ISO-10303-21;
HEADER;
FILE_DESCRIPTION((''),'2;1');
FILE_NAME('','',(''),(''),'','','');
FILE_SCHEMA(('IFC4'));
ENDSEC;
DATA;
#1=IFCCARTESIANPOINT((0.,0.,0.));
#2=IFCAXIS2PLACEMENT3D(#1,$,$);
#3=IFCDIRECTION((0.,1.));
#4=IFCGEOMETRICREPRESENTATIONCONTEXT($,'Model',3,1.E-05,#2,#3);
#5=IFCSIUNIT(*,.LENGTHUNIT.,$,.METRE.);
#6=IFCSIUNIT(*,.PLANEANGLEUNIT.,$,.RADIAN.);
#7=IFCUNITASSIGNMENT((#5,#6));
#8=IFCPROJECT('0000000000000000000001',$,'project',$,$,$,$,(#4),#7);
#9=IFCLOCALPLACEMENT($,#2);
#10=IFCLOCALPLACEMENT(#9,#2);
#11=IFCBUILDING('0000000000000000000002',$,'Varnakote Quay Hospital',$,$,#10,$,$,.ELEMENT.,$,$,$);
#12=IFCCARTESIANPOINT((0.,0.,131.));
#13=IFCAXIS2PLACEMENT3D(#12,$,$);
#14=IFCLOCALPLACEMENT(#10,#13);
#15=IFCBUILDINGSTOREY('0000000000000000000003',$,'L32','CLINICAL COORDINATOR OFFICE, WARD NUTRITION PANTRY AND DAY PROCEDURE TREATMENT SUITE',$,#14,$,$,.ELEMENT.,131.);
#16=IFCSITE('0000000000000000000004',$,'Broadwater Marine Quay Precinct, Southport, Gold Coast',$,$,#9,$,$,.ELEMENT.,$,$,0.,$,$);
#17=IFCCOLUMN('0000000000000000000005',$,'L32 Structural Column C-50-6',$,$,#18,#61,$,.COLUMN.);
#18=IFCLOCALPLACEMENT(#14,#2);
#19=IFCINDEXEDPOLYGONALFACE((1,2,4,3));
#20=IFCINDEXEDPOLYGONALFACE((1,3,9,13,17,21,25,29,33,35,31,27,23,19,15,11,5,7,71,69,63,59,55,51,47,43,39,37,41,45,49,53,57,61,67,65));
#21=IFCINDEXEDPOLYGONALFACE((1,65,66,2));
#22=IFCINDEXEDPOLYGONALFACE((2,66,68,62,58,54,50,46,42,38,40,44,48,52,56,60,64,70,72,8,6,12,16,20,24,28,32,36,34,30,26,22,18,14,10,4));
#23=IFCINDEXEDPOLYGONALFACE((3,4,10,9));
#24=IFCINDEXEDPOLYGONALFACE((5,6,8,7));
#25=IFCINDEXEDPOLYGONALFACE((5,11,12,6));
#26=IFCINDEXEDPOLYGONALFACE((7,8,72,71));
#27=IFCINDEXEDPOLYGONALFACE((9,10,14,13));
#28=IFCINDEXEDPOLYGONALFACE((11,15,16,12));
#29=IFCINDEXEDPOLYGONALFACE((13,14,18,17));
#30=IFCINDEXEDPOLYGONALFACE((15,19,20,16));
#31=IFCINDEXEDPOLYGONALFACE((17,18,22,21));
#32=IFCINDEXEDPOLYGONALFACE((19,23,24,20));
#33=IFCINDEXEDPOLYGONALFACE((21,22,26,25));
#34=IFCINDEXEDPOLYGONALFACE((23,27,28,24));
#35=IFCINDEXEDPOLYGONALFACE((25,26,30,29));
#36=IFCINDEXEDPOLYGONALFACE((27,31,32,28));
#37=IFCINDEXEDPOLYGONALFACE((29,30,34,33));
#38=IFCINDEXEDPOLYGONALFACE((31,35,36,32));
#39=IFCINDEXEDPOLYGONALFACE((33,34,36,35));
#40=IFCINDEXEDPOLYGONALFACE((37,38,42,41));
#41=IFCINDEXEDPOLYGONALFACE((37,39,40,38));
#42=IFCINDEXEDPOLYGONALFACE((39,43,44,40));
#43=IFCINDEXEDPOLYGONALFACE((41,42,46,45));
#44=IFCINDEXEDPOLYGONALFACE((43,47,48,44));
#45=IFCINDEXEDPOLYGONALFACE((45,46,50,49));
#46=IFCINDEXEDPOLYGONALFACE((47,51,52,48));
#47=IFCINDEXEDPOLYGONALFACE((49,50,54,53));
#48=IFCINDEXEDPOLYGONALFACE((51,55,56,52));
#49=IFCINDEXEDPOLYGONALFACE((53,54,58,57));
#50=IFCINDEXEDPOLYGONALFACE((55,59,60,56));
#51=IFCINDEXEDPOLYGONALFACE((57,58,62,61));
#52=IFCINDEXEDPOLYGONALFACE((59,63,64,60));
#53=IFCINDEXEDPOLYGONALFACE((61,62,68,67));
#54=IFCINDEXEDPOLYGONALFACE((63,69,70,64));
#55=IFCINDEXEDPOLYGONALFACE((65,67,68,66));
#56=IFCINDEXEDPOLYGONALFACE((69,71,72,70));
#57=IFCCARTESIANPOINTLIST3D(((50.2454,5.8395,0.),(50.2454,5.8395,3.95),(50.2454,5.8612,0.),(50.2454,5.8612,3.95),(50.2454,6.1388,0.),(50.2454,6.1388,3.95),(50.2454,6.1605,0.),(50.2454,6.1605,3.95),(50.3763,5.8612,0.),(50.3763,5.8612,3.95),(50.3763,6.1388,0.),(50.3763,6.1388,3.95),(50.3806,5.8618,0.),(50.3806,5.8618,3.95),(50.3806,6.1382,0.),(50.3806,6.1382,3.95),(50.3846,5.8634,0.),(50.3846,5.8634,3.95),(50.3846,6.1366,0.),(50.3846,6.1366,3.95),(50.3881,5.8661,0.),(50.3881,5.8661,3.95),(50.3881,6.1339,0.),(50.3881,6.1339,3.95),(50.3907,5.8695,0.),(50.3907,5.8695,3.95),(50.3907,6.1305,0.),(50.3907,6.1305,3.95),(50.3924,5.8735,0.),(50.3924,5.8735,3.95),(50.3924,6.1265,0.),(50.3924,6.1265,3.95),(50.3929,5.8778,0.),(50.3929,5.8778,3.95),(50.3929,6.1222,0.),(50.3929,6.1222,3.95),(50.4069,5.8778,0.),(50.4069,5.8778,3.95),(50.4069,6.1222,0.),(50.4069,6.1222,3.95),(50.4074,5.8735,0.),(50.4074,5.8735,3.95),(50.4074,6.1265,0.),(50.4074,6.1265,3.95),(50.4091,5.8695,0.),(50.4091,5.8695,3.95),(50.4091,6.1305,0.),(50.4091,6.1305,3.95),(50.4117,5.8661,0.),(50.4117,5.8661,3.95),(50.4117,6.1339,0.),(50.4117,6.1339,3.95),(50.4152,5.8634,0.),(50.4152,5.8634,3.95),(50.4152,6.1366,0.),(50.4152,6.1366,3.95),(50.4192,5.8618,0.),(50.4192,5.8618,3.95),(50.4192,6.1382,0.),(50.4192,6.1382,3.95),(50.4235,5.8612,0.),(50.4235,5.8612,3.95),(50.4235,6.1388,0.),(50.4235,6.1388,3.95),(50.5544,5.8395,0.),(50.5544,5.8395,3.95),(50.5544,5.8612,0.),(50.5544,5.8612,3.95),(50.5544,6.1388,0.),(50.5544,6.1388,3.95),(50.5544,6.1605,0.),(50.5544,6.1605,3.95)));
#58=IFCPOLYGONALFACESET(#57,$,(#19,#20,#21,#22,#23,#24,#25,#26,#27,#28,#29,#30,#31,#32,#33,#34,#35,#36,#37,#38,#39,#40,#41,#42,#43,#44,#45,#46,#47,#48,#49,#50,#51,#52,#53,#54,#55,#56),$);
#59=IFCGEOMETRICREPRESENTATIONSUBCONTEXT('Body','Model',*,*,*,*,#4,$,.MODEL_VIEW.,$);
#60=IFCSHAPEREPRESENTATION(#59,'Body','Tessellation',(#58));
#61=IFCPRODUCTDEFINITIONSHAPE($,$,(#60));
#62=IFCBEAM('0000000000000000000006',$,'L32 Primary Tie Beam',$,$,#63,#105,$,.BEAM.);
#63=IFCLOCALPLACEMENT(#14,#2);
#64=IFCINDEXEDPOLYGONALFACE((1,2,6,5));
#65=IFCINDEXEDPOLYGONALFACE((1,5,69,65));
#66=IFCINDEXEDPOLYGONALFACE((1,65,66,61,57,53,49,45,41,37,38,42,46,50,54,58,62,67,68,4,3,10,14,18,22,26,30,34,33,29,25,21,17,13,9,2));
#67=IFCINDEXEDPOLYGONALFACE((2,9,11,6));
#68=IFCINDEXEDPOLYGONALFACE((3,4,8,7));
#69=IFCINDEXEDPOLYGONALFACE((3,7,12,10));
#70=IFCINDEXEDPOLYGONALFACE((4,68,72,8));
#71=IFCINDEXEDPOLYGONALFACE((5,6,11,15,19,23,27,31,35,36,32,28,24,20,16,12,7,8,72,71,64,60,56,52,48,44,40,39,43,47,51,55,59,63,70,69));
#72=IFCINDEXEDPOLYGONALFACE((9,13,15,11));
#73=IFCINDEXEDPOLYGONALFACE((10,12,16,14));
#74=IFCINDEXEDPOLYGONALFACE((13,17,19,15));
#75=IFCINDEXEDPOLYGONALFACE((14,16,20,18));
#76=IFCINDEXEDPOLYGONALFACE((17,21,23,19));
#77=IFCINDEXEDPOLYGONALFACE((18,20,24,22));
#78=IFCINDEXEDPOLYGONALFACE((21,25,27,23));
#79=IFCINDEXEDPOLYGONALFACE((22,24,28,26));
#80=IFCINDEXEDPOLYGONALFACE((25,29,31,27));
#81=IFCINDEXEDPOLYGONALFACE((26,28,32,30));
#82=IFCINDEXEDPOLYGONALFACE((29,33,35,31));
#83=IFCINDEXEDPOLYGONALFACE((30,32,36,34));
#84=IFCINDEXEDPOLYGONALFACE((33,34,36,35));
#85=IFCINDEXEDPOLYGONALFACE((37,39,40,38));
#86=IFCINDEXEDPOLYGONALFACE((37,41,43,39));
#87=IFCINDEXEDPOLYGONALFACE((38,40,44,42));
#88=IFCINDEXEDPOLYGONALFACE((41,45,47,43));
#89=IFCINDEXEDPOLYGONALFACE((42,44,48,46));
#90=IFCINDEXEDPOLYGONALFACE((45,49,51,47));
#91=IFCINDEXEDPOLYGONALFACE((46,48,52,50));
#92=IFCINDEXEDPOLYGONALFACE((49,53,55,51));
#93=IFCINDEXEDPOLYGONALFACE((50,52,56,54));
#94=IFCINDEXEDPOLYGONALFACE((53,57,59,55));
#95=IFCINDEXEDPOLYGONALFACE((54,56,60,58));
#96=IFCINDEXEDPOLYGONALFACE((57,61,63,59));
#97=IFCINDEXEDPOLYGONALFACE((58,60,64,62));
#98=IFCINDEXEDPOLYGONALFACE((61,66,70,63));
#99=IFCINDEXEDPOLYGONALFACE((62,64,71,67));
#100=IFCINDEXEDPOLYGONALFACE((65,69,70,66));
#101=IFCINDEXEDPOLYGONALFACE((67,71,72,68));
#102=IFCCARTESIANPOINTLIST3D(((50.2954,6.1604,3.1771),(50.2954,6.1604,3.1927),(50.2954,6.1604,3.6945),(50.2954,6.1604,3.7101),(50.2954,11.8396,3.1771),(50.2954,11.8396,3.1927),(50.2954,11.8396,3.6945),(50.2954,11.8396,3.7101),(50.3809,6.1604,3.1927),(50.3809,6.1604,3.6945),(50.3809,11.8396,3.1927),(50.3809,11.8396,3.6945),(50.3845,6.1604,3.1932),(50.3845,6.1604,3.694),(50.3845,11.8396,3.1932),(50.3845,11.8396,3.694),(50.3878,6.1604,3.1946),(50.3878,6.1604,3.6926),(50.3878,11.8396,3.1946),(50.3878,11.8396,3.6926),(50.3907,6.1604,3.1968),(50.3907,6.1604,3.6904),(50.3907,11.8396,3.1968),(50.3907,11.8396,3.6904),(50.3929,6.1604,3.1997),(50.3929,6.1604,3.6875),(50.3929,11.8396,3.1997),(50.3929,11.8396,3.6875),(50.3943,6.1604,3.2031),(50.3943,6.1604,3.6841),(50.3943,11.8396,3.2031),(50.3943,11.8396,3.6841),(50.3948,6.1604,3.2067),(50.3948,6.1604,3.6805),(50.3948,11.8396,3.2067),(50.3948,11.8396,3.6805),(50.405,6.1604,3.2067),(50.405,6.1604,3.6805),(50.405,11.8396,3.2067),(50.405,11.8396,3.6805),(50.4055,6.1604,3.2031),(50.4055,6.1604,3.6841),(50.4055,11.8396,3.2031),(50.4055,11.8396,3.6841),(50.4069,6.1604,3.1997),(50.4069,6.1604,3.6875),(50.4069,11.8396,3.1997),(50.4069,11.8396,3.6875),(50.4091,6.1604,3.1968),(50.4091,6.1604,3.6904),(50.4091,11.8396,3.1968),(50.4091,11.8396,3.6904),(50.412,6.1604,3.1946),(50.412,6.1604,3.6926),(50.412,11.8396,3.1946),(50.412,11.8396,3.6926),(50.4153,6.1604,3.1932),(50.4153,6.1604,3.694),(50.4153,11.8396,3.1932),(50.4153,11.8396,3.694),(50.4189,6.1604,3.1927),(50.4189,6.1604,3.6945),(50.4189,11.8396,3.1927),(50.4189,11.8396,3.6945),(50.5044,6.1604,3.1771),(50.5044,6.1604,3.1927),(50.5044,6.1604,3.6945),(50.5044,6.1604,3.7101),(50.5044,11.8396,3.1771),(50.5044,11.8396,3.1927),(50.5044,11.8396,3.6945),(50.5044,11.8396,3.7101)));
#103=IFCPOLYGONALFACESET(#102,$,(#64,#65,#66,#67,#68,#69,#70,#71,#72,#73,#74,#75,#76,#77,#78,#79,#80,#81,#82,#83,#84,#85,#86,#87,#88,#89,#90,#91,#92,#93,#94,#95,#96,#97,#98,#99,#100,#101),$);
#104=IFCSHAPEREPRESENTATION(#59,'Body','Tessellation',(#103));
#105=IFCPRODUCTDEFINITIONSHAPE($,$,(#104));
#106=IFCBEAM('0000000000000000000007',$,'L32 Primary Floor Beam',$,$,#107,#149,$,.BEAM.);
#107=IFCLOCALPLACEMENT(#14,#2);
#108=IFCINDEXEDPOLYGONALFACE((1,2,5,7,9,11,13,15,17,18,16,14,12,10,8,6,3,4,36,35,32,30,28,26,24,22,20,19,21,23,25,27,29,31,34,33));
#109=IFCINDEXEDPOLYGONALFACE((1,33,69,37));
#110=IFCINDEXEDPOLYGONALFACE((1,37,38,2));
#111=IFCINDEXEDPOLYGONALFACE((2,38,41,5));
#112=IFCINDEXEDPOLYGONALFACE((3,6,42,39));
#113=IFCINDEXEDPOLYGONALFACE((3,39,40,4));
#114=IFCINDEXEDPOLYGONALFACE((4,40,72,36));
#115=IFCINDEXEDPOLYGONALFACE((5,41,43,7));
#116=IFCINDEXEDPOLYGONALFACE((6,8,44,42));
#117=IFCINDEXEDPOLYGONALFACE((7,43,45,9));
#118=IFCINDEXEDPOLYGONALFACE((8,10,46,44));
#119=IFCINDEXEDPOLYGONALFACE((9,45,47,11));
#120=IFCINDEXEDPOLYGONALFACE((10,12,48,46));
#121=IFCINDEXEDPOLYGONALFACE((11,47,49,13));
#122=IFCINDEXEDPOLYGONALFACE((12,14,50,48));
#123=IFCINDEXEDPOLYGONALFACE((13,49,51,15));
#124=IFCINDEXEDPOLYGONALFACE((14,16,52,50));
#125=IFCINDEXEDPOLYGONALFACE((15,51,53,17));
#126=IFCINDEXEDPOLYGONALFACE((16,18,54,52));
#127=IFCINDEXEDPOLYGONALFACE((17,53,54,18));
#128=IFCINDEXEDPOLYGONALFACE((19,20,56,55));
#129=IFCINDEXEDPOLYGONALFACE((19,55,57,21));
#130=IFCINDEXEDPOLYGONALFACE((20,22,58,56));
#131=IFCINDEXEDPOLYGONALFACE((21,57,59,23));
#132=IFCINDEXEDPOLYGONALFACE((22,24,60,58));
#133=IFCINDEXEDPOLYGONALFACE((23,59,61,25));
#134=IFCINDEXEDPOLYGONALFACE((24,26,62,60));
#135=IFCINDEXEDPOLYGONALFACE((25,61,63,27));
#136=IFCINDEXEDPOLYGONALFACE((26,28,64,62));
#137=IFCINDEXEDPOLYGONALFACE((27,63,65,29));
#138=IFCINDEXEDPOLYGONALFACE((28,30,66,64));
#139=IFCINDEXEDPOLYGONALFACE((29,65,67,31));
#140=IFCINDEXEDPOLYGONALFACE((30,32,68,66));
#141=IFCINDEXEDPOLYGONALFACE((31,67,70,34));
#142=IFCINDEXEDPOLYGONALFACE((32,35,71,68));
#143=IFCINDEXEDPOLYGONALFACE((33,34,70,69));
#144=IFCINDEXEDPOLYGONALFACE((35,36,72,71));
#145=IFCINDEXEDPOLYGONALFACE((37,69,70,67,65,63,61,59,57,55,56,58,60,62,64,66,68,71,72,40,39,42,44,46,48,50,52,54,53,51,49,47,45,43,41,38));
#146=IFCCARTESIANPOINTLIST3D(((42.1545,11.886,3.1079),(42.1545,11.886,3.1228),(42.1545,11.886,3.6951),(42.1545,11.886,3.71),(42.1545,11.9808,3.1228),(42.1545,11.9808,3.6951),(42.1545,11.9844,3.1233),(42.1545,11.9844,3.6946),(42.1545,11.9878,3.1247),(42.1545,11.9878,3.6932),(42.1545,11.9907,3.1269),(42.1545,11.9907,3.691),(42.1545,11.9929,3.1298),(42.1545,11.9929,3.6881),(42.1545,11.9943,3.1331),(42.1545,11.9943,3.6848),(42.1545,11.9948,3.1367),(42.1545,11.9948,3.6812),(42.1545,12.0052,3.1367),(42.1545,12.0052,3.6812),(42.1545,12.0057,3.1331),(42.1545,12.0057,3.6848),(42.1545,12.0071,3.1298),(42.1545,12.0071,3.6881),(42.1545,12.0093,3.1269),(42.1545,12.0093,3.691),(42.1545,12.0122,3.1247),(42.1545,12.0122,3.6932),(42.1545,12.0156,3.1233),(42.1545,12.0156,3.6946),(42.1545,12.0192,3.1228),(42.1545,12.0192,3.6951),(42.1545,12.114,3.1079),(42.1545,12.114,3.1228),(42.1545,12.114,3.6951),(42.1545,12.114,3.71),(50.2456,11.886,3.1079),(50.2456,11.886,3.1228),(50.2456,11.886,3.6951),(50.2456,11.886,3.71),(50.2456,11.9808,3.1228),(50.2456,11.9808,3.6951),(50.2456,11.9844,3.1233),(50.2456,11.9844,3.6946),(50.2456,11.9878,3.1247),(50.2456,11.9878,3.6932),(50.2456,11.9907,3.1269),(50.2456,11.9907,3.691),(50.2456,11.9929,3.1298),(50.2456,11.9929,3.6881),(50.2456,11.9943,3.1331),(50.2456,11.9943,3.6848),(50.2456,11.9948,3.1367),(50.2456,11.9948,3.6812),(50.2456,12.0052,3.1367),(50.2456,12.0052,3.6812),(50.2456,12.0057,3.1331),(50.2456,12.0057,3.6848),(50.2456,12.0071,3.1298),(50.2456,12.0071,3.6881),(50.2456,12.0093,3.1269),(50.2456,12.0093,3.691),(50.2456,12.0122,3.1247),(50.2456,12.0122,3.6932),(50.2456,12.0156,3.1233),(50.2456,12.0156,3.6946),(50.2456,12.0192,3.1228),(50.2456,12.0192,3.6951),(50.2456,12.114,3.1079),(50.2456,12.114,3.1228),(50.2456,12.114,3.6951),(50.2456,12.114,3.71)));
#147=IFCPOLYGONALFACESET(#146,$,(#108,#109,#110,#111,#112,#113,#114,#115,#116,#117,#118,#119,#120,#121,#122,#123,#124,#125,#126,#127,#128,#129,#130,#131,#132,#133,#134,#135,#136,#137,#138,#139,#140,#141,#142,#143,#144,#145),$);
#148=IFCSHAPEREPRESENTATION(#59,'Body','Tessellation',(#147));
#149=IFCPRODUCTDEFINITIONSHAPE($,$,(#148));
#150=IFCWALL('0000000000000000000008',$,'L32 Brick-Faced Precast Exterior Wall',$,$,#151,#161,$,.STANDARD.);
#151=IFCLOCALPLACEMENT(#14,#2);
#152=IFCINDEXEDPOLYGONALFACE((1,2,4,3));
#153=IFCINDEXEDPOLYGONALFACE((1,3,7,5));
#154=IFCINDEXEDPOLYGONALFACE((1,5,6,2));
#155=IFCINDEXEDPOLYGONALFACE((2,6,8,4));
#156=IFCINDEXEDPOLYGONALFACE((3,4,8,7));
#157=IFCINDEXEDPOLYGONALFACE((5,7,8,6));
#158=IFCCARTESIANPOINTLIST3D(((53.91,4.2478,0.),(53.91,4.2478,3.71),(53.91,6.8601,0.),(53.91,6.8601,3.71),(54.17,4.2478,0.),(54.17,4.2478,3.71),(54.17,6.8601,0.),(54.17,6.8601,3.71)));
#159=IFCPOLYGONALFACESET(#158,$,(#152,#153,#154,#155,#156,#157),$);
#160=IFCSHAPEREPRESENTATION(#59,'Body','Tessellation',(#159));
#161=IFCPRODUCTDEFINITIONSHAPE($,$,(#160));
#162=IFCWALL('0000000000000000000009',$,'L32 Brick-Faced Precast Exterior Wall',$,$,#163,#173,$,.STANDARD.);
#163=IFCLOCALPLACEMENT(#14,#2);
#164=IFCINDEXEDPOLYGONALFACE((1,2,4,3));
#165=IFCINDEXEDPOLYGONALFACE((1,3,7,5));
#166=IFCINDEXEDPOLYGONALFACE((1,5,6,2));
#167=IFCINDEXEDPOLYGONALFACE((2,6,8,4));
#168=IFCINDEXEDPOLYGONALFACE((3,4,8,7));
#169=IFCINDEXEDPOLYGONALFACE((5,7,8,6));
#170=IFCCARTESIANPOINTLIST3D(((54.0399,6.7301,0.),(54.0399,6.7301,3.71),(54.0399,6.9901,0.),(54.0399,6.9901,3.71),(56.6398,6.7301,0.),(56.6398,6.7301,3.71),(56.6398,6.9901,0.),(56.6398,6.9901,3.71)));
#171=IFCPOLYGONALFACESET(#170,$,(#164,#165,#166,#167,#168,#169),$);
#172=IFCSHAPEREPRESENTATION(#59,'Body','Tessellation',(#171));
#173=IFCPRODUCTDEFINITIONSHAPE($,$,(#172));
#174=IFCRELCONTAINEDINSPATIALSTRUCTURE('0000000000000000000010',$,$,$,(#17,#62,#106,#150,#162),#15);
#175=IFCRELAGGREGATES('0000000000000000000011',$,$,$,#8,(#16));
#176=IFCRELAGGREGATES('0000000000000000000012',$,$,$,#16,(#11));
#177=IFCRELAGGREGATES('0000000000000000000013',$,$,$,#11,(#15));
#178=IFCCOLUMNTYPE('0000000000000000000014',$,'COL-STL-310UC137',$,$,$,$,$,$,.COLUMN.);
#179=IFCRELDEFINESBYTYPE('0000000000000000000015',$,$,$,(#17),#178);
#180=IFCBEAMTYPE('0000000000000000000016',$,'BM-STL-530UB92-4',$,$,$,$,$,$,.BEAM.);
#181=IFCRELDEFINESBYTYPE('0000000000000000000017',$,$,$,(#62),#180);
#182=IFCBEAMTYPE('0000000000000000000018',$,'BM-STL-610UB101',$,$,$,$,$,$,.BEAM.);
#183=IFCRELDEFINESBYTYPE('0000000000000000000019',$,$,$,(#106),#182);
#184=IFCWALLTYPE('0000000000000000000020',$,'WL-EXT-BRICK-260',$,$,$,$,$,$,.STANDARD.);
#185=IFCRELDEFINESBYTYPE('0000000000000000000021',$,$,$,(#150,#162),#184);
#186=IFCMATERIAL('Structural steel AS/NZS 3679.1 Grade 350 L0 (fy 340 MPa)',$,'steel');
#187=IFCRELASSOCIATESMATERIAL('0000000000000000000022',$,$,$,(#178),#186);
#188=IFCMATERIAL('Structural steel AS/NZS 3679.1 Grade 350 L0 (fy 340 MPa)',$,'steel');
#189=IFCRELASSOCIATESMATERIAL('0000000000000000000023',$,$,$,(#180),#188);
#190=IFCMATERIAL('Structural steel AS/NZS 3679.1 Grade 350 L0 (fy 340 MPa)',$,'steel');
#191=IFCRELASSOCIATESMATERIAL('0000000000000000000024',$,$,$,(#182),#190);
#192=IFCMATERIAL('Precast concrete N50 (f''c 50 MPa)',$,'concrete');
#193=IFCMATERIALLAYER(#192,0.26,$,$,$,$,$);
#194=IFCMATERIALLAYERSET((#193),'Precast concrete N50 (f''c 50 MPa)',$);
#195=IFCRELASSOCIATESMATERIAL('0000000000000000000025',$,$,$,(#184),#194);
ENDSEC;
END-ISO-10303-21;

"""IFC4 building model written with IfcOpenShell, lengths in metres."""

from ifc_helpers import new_model, si_unit, direction, frame, frame_2d, origin, origin_2d, place, context, subcontext, project, spatial, rectangle, i_section, extrude, material, layer, layer_set, material_profile, profile_set, type_object, element, save


model = new_model("IFC4")

# Units and contexts
model_context = context("Model", 3, precision=1e-05, world=origin(), true_north=direction((0.0, 1.0)))
body_context = subcontext(model_context, "Body", "Model", "MODEL_VIEW")
ifc_project = project(units=[si_unit("LENGTHUNIT", "METRE"), si_unit("PLANEANGLEUNIT", "RADIAN")], contexts=[model_context])

# Site, building, storey
site_placement = place(None, origin())
site = spatial("IfcSite", under=ifc_project, at=site_placement, Name="Broadwater Marine Quay Precinct, Southport, Gold Coast", CompositionType="ELEMENT", RefElevation=0.0)
building_placement = place(site_placement, origin())
building = spatial("IfcBuilding", under=site, at=building_placement, Name="Varnakote Quay Hospital", CompositionType="ELEMENT")
storey_placement = place(building_placement, frame((0.0, 0.0, 131.0)))
storey = spatial("IfcBuildingStorey", under=building, at=storey_placement, Name="L32", Description="CLINICAL COORDINATOR OFFICE, WARD NUTRITION PANTRY AND DAY PROCEDURE TREATMENT SUITE", CompositionType="ELEMENT", Elevation=131.0)

# Column
ifc_material_1 = material(Name="Structural steel AS/NZS 3679.1 Grade 350 L0 (fy 340 MPa)", Category="steel")
ifc_material_profile_1 = material_profile(ifc_material_1, i_section(OverallWidth=0.3091, OverallDepth=0.321, WebThickness=0.0139, FlangeThickness=0.0217, FilletRadius=0.0166, at=origin_2d()), Name="310UC137")
ifc_profile_set_1 = profile_set([ifc_material_profile_1], Name="Structural steel AS/NZS 3679.1 Grade 350 L0 (fy 340 MPa)")
column_type = type_object("IfcColumnType", Name="COL-STL-310UC137", PredefinedType="COLUMN", material=ifc_profile_set_1)
column_placement = place(storey_placement, frame((50.3999, 6.0, 0.0), z_axis=(0.0, 0.0, 1.0), x_axis=(1.0, 0.0, 0.0)))
element("IfcColumn", 1, at=column_placement, inside=storey, type_object=column_type, Name="L32 Structural Column C-50-6", PredefinedType="COLUMN", context=body_context, shape_type="SweptSolid", body=[
    extrude(i_section(OverallWidth=0.3091, OverallDepth=0.321, WebThickness=0.0139, FlangeThickness=0.0217, FilletRadius=0.0166, at=origin_2d()), origin(), (0.0, 0.0, 1.0), 3.95),
])

# Beams
ifc_material_2 = material(Name="Structural steel AS/NZS 3679.1 Grade 350 L0 (fy 340 MPa)", Category="steel")
ifc_material_profile_2 = material_profile(ifc_material_2, i_section(OverallWidth=0.209, OverallDepth=0.533, WebThickness=0.0103, FlangeThickness=0.0156, FilletRadius=0.0139, at=origin_2d()), Name="530UB92.4")
ifc_profile_set_2 = profile_set([ifc_material_profile_2], Name="Structural steel AS/NZS 3679.1 Grade 350 L0 (fy 340 MPa)")
beam_type_1 = type_object("IfcBeamType", Name="BM-STL-530UB92-4", PredefinedType="BEAM", material=ifc_profile_set_2)
beam_1_placement = place(storey_placement, frame((50.3999, 6.1604, 3.4436), z_axis=(0.0, 1.0, 0.0), x_axis=(-1.0, 0.0, 0.0)))
element("IfcBeam", 2, at=beam_1_placement, inside=storey, type_object=beam_type_1, Name="L32 Primary Tie Beam", PredefinedType="BEAM", context=body_context, shape_type="SweptSolid", body=[
    extrude(i_section(OverallWidth=0.209, OverallDepth=0.533, WebThickness=0.0103, FlangeThickness=0.0156, FilletRadius=0.0139, at=origin_2d()), origin(), (0.0, 0.0, 1.0), 5.6792),
])
ifc_material_3 = material(Name="Structural steel AS/NZS 3679.1 Grade 350 L0 (fy 340 MPa)", Category="steel")
ifc_material_profile_3 = material_profile(ifc_material_3, i_section(OverallWidth=0.228, OverallDepth=0.6021, WebThickness=0.0105, FlangeThickness=0.0149, FilletRadius=0.0139, at=origin_2d()), Name="610UB101")
ifc_profile_set_3 = profile_set([ifc_material_profile_3], Name="Structural steel AS/NZS 3679.1 Grade 350 L0 (fy 340 MPa)")
beam_type_2 = type_object("IfcBeamType", Name="BM-STL-610UB101", PredefinedType="BEAM", material=ifc_profile_set_3)
beam_2_placement = place(storey_placement, frame((42.1545, 12.0, 3.4089), z_axis=(1.0, 0.0, 0.0), x_axis=(0.0, 1.0, 0.0)))
element("IfcBeam", 3, at=beam_2_placement, inside=storey, type_object=beam_type_2, Name="L32 Primary Floor Beam", PredefinedType="BEAM", context=body_context, shape_type="SweptSolid", body=[
    extrude(i_section(OverallWidth=0.228, OverallDepth=0.6021, WebThickness=0.0105, FlangeThickness=0.0149, FilletRadius=0.0139, at=origin_2d()), origin(), (0.0, 0.0, 1.0), 8.0911),
])

# Walls
ifc_material_4 = material(Name="Precast concrete N50 (f'c 50 MPa)", Category="concrete")
ifc_layer_1 = layer(ifc_material_4, 0.26)
ifc_layer_set_1 = layer_set([ifc_layer_1], Name="Precast concrete N50 (f'c 50 MPa)")
wall_type_1 = type_object("IfcWallType", Name="WL-EXT-BRICK-260", PredefinedType="STANDARD", material=ifc_layer_set_1)
wall_1_placement = place(storey_placement, frame((54.04, 4.2478, 0.0), z_axis=(0.0, 0.0, 1.0), x_axis=(0.0, 1.0, 0.0)))
element("IfcWall", 4, at=wall_1_placement, inside=storey, type_object=wall_type_1, Name="L32 Brick-Faced Precast Exterior Wall", PredefinedType="STANDARD", context=body_context, shape_type="SweptSolid", body=[
    extrude(rectangle(XDim=2.6123, YDim=0.26, at=frame_2d((1.3062, 0.0))), origin(), (0.0, 0.0, 1.0), 3.71),
])
wall_2_placement = place(storey_placement, frame((54.04, 6.8601, 0.0), z_axis=(0.0, 0.0, 1.0), x_axis=(1.0, 0.0, 0.0)))
element("IfcWall", 5, at=wall_2_placement, inside=storey, type_object=wall_type_1, Name="L32 Brick-Faced Precast Exterior Wall", PredefinedType="STANDARD", context=body_context, shape_type="SweptSolid", body=[
    extrude(rectangle(XDim=2.5999, YDim=0.26, at=frame_2d((1.2998, 0.0))), origin(), (0.0, 0.0, 1.0), 3.71),
])

save(model, "model.ifc")
